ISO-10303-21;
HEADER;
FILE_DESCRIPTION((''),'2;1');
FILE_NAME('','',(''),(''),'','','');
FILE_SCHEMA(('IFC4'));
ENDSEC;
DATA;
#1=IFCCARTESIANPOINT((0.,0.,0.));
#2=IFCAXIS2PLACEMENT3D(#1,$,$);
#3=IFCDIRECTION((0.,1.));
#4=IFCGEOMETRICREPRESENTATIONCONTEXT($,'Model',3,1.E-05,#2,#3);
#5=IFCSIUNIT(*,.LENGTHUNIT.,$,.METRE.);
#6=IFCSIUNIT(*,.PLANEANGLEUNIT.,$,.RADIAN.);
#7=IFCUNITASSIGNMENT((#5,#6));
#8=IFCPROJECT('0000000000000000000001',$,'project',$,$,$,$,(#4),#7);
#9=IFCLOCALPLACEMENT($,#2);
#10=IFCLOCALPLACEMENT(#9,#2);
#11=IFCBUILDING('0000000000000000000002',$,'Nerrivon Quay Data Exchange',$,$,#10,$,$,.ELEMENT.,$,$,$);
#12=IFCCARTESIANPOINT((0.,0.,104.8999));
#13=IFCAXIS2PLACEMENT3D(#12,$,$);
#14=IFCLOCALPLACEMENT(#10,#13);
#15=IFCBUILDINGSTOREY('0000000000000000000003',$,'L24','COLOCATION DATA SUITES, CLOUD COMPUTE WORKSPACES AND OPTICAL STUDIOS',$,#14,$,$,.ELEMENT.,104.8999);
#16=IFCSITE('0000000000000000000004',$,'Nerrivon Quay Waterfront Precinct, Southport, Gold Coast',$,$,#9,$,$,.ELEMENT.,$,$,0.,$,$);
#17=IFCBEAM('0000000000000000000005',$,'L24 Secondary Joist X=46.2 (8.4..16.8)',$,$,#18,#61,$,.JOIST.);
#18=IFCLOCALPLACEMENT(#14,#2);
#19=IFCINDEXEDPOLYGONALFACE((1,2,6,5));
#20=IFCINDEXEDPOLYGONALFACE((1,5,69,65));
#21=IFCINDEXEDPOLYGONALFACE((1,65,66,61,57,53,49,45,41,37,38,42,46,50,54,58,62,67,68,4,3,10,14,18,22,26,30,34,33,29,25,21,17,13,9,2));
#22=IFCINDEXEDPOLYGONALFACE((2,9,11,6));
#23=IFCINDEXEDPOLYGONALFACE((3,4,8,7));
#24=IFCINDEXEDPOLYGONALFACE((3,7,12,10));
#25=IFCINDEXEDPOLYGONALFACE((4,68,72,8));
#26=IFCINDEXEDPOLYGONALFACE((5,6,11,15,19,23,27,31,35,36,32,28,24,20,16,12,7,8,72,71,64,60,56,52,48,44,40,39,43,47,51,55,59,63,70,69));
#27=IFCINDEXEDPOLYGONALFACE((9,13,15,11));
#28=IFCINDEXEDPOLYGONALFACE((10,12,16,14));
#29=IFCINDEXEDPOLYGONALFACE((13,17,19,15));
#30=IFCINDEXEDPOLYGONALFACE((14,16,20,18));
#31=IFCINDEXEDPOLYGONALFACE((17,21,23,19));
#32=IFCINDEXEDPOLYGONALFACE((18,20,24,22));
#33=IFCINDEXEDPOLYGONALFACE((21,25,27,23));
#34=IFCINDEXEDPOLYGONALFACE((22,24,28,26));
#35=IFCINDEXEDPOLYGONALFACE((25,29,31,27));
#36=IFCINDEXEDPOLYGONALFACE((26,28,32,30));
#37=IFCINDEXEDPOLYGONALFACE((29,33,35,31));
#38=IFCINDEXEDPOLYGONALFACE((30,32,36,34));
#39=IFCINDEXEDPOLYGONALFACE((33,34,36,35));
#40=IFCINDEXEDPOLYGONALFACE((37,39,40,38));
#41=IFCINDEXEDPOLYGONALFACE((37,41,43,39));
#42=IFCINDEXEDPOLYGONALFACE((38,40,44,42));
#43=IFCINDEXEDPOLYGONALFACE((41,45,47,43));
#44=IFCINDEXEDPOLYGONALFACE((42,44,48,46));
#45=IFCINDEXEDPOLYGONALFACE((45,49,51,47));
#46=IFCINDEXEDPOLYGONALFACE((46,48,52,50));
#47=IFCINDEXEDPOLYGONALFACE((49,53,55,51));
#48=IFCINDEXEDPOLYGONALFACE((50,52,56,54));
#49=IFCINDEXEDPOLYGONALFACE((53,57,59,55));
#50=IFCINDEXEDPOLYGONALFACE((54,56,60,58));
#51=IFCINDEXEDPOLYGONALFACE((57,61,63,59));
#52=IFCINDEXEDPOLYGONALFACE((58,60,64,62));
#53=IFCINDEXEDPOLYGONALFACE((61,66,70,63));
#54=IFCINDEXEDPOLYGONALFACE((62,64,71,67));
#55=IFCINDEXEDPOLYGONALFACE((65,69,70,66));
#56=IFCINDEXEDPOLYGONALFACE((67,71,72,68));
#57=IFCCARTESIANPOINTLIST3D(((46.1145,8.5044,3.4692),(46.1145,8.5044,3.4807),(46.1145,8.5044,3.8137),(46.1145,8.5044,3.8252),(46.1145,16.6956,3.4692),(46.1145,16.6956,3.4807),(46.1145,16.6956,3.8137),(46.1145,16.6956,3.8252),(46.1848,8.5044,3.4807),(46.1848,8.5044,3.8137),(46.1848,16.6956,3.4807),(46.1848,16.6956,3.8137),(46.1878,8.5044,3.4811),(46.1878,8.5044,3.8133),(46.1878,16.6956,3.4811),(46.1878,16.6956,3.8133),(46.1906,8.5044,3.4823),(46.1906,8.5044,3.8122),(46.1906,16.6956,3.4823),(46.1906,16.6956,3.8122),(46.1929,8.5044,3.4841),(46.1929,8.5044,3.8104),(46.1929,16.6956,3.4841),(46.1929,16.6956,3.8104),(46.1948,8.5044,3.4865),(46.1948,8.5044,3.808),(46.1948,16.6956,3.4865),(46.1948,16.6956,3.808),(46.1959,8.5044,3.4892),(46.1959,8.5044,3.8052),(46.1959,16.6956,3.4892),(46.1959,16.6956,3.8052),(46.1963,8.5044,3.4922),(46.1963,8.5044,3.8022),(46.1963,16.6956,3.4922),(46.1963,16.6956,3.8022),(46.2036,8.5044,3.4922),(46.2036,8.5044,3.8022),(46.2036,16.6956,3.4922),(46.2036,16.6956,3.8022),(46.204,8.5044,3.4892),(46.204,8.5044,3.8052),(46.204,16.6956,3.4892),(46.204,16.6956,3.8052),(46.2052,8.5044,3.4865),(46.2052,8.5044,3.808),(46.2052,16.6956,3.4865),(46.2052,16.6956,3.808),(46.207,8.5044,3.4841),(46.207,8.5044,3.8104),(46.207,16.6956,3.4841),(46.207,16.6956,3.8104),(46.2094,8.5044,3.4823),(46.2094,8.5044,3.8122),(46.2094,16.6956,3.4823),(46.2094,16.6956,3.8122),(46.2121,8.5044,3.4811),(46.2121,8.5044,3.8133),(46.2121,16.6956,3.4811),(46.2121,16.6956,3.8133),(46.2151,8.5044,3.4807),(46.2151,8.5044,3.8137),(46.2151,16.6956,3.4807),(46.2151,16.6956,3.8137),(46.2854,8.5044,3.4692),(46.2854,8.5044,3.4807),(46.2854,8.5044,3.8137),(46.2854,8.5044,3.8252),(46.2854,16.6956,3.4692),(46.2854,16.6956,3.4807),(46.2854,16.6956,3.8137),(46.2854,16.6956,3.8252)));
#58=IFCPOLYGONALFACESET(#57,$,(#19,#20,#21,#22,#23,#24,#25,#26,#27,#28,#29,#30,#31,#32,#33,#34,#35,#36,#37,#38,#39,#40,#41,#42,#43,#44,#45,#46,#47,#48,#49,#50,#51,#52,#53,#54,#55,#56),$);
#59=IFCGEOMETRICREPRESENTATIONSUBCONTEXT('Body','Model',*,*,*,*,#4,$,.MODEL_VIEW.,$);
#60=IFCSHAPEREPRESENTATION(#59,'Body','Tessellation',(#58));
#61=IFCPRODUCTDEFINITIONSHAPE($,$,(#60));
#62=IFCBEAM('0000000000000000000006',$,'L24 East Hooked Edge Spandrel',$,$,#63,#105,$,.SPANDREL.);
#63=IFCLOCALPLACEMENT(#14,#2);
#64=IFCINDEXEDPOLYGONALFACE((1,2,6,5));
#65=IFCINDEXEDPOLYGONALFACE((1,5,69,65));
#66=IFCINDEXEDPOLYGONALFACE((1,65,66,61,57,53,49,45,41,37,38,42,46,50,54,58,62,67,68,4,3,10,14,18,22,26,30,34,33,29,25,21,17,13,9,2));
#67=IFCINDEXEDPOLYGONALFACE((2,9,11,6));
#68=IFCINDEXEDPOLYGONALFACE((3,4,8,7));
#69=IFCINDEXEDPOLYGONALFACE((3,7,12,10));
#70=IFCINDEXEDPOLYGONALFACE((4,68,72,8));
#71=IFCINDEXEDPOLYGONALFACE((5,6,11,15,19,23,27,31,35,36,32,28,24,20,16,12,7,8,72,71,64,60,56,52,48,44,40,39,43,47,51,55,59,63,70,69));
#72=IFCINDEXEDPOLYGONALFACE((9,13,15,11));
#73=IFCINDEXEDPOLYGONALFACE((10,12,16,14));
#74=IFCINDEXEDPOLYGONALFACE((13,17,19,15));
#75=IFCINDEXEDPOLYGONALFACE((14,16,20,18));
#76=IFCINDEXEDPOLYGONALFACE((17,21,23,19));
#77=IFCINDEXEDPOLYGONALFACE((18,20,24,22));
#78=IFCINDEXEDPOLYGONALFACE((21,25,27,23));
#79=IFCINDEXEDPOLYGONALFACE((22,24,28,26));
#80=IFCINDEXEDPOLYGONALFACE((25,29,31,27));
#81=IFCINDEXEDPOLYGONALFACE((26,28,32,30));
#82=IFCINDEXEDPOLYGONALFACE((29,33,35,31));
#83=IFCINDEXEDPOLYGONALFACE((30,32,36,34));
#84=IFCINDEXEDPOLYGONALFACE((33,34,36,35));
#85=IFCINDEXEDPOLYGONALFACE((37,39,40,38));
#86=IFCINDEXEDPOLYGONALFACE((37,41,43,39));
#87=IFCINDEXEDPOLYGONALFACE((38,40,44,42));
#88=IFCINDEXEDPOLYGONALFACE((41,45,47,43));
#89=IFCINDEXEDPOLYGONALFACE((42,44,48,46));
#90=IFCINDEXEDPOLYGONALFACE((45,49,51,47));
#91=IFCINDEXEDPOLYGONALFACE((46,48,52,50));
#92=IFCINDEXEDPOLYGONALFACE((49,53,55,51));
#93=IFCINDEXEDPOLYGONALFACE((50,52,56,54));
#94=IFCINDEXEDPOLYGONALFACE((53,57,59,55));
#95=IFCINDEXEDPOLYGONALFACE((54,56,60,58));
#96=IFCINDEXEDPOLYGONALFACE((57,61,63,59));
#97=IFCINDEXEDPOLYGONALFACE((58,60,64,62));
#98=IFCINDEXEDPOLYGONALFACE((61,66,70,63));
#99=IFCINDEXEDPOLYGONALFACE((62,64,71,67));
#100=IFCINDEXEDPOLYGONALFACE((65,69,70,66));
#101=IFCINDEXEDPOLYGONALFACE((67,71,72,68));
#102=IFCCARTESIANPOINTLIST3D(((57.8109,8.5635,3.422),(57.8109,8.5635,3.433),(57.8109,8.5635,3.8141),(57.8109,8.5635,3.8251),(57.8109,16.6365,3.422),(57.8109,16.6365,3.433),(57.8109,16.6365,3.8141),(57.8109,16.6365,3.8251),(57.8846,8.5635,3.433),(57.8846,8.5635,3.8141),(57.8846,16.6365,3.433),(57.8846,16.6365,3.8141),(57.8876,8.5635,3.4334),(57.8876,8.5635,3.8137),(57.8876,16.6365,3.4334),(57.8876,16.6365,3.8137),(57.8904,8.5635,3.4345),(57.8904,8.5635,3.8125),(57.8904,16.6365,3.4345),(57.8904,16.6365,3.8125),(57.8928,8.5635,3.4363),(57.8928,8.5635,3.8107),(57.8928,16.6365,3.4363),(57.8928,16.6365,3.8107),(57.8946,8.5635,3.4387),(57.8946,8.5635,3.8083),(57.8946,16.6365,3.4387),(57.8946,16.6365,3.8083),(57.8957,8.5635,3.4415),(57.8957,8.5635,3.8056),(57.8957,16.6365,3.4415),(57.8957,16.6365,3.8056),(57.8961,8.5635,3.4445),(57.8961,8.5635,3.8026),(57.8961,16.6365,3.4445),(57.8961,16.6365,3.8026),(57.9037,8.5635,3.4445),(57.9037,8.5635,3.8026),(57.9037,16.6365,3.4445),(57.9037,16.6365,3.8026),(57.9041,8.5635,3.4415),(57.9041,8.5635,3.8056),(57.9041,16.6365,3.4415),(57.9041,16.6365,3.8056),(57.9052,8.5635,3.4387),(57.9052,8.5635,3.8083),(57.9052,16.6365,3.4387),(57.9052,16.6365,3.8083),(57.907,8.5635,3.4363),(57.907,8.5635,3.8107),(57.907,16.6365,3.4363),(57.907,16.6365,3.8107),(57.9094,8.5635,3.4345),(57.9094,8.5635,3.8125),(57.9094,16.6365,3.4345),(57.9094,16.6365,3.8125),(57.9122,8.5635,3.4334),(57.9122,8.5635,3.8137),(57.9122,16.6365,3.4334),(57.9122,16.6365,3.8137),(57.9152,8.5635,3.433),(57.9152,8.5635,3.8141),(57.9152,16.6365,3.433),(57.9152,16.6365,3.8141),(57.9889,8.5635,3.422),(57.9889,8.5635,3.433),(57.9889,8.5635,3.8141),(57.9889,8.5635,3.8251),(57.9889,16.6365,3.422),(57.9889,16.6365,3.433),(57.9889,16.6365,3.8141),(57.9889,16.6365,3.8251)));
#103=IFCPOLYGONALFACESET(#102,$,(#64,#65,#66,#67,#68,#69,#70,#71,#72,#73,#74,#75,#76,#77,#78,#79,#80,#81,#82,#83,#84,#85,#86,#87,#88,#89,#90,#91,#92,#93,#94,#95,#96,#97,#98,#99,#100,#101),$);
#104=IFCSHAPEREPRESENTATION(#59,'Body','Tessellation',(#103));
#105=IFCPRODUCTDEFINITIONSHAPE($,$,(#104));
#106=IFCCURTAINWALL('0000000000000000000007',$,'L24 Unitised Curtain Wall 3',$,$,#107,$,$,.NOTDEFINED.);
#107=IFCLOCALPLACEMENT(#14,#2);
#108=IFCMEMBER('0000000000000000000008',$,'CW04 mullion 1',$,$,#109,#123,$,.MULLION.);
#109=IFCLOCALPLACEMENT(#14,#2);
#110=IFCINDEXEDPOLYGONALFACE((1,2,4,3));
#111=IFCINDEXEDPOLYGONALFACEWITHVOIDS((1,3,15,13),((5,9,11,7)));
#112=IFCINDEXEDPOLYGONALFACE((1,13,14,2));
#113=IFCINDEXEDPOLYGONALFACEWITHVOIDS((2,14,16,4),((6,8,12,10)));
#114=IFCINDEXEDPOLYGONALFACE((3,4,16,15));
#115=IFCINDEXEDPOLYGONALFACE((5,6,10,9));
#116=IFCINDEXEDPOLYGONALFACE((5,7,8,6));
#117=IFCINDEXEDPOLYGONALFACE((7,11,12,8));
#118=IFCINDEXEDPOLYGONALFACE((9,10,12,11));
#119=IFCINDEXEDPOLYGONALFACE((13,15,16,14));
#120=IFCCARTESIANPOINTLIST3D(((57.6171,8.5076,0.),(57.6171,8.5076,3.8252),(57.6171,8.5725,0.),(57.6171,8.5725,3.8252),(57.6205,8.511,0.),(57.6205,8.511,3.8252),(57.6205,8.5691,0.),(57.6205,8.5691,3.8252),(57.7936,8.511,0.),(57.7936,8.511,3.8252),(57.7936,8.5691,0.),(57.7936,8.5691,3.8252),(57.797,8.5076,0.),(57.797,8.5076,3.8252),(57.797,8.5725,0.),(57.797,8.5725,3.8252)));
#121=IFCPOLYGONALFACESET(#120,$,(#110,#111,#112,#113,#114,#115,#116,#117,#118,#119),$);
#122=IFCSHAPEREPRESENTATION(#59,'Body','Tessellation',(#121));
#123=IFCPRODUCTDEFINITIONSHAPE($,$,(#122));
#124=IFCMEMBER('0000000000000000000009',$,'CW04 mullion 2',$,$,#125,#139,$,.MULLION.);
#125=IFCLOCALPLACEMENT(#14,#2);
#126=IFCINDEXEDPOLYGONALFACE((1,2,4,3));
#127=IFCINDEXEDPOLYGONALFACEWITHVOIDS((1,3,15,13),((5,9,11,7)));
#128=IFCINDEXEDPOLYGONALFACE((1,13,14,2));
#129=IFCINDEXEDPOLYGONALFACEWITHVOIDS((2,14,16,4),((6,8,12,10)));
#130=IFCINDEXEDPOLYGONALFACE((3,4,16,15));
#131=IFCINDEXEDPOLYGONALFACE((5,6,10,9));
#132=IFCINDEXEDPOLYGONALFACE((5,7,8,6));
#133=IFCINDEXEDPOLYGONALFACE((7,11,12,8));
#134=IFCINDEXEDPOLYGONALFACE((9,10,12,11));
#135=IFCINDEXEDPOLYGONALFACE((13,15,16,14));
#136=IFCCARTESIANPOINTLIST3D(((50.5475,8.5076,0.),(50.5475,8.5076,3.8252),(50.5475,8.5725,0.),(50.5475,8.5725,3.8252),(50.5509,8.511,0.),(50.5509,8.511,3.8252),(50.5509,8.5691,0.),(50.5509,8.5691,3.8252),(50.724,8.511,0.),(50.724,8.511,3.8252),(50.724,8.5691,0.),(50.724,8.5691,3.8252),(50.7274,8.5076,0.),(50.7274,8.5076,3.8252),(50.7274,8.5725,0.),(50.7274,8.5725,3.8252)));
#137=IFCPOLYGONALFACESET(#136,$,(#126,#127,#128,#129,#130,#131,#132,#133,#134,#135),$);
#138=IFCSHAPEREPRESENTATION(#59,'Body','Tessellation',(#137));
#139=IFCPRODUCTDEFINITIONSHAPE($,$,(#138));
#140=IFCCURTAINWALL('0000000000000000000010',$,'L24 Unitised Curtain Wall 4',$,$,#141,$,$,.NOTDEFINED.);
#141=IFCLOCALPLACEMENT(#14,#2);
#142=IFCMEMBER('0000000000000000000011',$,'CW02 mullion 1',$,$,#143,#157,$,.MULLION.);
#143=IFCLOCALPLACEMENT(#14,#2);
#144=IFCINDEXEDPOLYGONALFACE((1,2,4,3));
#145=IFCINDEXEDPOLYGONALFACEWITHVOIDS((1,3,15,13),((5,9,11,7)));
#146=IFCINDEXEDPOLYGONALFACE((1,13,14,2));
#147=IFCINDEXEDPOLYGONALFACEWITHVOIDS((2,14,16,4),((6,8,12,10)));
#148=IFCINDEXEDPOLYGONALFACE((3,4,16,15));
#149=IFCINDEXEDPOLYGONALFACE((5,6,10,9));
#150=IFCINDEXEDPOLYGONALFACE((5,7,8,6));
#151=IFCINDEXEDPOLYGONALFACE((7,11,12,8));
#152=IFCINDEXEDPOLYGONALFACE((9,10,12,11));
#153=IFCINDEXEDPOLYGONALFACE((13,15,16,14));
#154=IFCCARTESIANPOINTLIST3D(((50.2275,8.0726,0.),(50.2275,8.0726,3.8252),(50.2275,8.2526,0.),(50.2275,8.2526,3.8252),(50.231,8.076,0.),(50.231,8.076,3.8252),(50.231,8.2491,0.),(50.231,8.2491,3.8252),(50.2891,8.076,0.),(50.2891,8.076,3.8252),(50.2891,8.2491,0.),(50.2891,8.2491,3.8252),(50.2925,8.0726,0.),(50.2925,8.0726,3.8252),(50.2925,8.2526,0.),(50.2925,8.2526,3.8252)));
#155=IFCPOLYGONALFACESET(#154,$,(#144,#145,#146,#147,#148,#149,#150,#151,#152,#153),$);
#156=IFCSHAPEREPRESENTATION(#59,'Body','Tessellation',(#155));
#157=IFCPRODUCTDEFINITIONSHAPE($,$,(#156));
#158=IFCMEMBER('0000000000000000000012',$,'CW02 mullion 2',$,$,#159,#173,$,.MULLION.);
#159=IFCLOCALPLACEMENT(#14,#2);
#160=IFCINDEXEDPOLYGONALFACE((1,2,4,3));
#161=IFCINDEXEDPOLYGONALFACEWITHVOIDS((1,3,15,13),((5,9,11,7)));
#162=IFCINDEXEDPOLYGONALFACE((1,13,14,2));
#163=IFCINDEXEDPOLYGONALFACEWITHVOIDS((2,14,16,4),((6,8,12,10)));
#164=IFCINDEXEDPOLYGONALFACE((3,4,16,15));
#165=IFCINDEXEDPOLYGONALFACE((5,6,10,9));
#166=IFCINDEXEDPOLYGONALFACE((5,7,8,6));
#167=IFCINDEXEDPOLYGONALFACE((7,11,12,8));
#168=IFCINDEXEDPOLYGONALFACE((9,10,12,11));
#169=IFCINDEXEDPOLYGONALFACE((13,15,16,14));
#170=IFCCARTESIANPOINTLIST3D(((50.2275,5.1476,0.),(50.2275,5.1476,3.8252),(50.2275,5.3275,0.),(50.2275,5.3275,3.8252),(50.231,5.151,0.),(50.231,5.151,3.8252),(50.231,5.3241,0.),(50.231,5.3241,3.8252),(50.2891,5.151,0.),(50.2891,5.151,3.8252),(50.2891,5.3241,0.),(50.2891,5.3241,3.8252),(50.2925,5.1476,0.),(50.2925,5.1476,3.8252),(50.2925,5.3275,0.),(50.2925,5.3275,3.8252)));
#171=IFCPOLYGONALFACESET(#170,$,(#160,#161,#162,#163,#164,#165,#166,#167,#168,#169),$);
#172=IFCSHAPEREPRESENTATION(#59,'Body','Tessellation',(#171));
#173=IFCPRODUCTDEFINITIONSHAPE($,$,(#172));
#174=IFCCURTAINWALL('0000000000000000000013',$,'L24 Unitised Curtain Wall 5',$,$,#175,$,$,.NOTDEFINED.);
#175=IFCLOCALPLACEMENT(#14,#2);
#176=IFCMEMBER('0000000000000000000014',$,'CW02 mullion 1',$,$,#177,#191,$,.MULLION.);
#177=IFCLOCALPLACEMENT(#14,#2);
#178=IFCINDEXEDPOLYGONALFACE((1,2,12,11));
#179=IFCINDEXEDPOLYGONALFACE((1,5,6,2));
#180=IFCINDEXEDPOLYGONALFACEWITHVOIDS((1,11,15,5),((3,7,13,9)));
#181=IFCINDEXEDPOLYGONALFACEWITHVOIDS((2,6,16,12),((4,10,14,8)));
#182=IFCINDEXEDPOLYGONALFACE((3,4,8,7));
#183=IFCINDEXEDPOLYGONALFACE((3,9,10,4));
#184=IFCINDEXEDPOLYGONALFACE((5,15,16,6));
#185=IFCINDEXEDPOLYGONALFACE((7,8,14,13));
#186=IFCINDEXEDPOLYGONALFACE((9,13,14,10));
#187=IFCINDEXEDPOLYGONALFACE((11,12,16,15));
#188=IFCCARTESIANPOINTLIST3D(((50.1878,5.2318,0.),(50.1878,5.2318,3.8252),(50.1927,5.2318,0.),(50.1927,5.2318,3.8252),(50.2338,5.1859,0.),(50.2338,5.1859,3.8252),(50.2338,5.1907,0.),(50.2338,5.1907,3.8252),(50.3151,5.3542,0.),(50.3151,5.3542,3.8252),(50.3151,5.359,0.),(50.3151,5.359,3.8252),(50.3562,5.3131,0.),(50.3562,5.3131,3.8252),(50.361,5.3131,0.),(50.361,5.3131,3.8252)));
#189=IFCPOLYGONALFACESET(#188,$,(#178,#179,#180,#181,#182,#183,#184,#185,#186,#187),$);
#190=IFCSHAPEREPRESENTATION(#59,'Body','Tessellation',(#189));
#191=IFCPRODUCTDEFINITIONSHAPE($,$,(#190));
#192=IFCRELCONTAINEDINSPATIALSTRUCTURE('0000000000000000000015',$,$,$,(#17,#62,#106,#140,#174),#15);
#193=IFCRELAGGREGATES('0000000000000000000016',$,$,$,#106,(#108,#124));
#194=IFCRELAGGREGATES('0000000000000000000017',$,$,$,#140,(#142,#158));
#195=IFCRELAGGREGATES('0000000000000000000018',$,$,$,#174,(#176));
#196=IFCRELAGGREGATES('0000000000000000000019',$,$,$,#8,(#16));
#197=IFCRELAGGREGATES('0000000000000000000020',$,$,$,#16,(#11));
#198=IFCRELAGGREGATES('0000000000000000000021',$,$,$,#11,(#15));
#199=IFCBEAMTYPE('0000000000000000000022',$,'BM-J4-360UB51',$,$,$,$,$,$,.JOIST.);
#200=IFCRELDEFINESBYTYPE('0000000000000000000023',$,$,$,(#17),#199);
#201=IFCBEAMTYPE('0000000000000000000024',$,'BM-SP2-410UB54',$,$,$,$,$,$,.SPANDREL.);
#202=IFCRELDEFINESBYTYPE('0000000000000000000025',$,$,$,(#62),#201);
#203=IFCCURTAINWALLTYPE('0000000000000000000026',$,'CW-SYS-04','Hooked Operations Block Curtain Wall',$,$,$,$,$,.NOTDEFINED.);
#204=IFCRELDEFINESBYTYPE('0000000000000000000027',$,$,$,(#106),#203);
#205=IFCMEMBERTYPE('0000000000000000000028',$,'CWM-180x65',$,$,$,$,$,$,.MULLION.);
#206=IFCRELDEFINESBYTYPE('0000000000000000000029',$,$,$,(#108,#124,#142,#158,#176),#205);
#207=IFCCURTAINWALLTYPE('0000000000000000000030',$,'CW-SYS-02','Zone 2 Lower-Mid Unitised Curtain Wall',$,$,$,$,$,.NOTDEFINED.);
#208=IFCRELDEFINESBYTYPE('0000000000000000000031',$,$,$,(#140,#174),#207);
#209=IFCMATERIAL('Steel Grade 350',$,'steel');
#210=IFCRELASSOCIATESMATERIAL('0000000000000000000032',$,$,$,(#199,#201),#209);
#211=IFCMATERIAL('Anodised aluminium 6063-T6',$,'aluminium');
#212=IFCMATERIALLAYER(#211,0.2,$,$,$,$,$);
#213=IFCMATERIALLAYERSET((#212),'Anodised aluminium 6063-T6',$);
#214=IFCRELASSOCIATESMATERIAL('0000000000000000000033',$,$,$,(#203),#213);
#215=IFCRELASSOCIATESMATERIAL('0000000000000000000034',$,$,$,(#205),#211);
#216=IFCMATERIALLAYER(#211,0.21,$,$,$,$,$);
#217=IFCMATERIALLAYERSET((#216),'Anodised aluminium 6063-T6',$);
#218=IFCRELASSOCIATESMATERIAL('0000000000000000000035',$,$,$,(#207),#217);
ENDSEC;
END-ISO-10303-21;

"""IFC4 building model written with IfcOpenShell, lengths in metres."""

from ifc_helpers import new_model, si_unit, direction, frame, origin, origin_2d, place, context, subcontext, project, spatial, hollow_rectangle, i_section, extrude, material, layer, layer_set, material_profile, profile_set, type_object, element, aggregate, save


model = new_model("IFC4")

# Units and contexts
model_context = context("Model", 3, precision=1e-05, world=origin(), true_north=direction((0.0, 1.0)))
body_context = subcontext(model_context, "Body", "Model", "MODEL_VIEW")
ifc_project = project(units=[si_unit("LENGTHUNIT", "METRE"), si_unit("PLANEANGLEUNIT", "RADIAN")], contexts=[model_context])

# Site, building, storey
site_placement = place(None, origin())
site = spatial("IfcSite", under=ifc_project, at=site_placement, Name="Nerrivon Quay Waterfront Precinct, Southport, Gold Coast", CompositionType="ELEMENT", RefElevation=0.0)
building_placement = place(site_placement, origin())
building = spatial("IfcBuilding", under=site, at=building_placement, Name="Nerrivon Quay Data Exchange", CompositionType="ELEMENT")
storey_placement = place(building_placement, frame((0.0, 0.0, 104.8999)))
storey = spatial("IfcBuildingStorey", under=building, at=storey_placement, Name="L24", Description="COLOCATION DATA SUITES, CLOUD COMPUTE WORKSPACES AND OPTICAL STUDIOS", CompositionType="ELEMENT", Elevation=104.8999)

# Shared definitions
ifc_material_1 = material(Name="Steel Grade 350", Category="steel")

# Beams
ifc_material_profile_1 = material_profile(ifc_material_1, i_section(OverallWidth=0.1709, OverallDepth=0.356, WebThickness=0.0073, FlangeThickness=0.0115, FilletRadius=0.0115, at=origin_2d()), Name="360UB50.7")
ifc_profile_set_1 = profile_set([ifc_material_profile_1], Name="Steel Grade 350")
beam_type_1 = type_object("IfcBeamType", Name="BM-J4-360UB51", PredefinedType="JOIST", material=ifc_profile_set_1)
beam_1_placement = place(storey_placement, frame((46.2, 8.5044, 3.6472), z_axis=(0.0, 1.0, 0.0), x_axis=(-1.0, 0.0, 0.0)))
element("IfcBeam", 1, at=beam_1_placement, inside=storey, type_object=beam_type_1, Name="L24 Secondary Joist X=46.2 (8.4..16.8)", PredefinedType="JOIST", context=body_context, shape_type="SweptSolid", body=[
    extrude(i_section(OverallWidth=0.1709, OverallDepth=0.356, WebThickness=0.0073, FlangeThickness=0.0115, FilletRadius=0.0115, at=origin_2d()), origin(), (0.0, 0.0, 1.0), 8.1912),
])
ifc_material_profile_2 = material_profile(ifc_material_1, i_section(OverallWidth=0.178, OverallDepth=0.4031, WebThickness=0.0076, FlangeThickness=0.011, FilletRadius=0.0115, at=origin_2d()), Name="410UB53.7")
ifc_profile_set_2 = profile_set([ifc_material_profile_2], Name="Steel Grade 350")
beam_type_2 = type_object("IfcBeamType", Name="BM-SP2-410UB54", PredefinedType="SPANDREL", material=ifc_profile_set_2)
beam_2_placement = place(storey_placement, frame((57.8999, 8.5635, 3.6235), z_axis=(0.0, 1.0, 0.0), x_axis=(-1.0, 0.0, 0.0)))
element("IfcBeam", 2, at=beam_2_placement, inside=storey, type_object=beam_type_2, Name="L24 East Hooked Edge Spandrel", PredefinedType="SPANDREL", context=body_context, shape_type="SweptSolid", body=[
    extrude(i_section(OverallWidth=0.178, OverallDepth=0.4031, WebThickness=0.0076, FlangeThickness=0.011, FilletRadius=0.0115, at=origin_2d()), origin(), (0.0, 0.0, 1.0), 8.073),
])

# Curtain walls, members
ifc_material_2 = material(Name="Anodised aluminium 6063-T6", Category="aluminium")
ifc_layer_1 = layer(ifc_material_2, 0.2)
ifc_layer_set_1 = layer_set([ifc_layer_1], Name="Anodised aluminium 6063-T6")
curtain_wall_type_1 = type_object("IfcCurtainWallType", Name="CW-SYS-04", Description="Hooked Operations Block Curtain Wall", PredefinedType="NOTDEFINED", material=ifc_layer_set_1)
curtain_wall_1_placement = place(storey_placement, origin())
curtain_wall_1 = element("IfcCurtainWall", 3, at=curtain_wall_1_placement, inside=storey, type_object=curtain_wall_type_1, Name="L24 Unitised Curtain Wall 3", PredefinedType="NOTDEFINED")
ifc_material_profile_3 = material_profile(ifc_material_2, hollow_rectangle(XDim=0.0649, YDim=0.1799, WallThickness=0.0034, at=origin_2d()), Name="ALU-MULL-180x65")
ifc_profile_set_3 = profile_set([ifc_material_profile_3], Name="Anodised aluminium 6063-T6")
member_type_1 = type_object("IfcMemberType", Name="CWM-180x65", PredefinedType="MULLION", material=ifc_profile_set_3)
member_1_placement = place(storey_placement, frame((57.707, 8.54, 0.0), z_axis=(0.0, 0.0, 1.0), x_axis=(0.0, -1.0, 0.0)))
member_1 = element("IfcMember", 4, at=member_1_placement, type_object=member_type_1, Name="CW04 mullion 1", PredefinedType="MULLION", context=body_context, shape_type="SweptSolid", body=[
    extrude(hollow_rectangle(XDim=0.0649, YDim=0.1799, WallThickness=0.0034, at=origin_2d()), origin(), (0.0, 0.0, 1.0), 3.8252),
])
member_2_placement = place(storey_placement, frame((50.6375, 8.54, 0.0), z_axis=(0.0, 0.0, 1.0), x_axis=(0.0, -1.0, 0.0)))
member_2 = element("IfcMember", 5, at=member_2_placement, type_object=member_type_1, Name="CW04 mullion 2", PredefinedType="MULLION", context=body_context, shape_type="SweptSolid", body=[
    extrude(hollow_rectangle(XDim=0.0649, YDim=0.1799, WallThickness=0.0034, at=origin_2d()), origin(), (0.0, 0.0, 1.0), 3.8252),
])
ifc_layer_2 = layer(ifc_material_2, 0.21)
ifc_layer_set_2 = layer_set([ifc_layer_2], Name="Anodised aluminium 6063-T6")
curtain_wall_type_2 = type_object("IfcCurtainWallType", Name="CW-SYS-02", Description="Zone 2 Lower-Mid Unitised Curtain Wall", PredefinedType="NOTDEFINED", material=ifc_layer_set_2)
curtain_wall_2_placement = place(storey_placement, origin())
curtain_wall_2 = element("IfcCurtainWall", 6, at=curtain_wall_2_placement, inside=storey, type_object=curtain_wall_type_2, Name="L24 Unitised Curtain Wall 4", PredefinedType="NOTDEFINED")
member_3_placement = place(storey_placement, frame((50.26, 8.1626, 0.0), z_axis=(0.0, 0.0, 1.0), x_axis=(1.0, 0.0, 0.0)))
member_3 = element("IfcMember", 7, at=member_3_placement, type_object=member_type_1, Name="CW02 mullion 1", PredefinedType="MULLION", context=body_context, shape_type="SweptSolid", body=[
    extrude(hollow_rectangle(XDim=0.0649, YDim=0.1799, WallThickness=0.0034, at=origin_2d()), origin(), (0.0, 0.0, 1.0), 3.8252),
])
member_4_placement = place(storey_placement, frame((50.26, 5.2375, 0.0), z_axis=(0.0, 0.0, 1.0), x_axis=(1.0, 0.0, 0.0)))
member_4 = element("IfcMember", 8, at=member_4_placement, type_object=member_type_1, Name="CW02 mullion 2", PredefinedType="MULLION", context=body_context, shape_type="SweptSolid", body=[
    extrude(hollow_rectangle(XDim=0.0649, YDim=0.1799, WallThickness=0.0034, at=origin_2d()), origin(), (0.0, 0.0, 1.0), 3.8252),
])
curtain_wall_3_placement = place(storey_placement, origin())
curtain_wall_3 = element("IfcCurtainWall", 9, at=curtain_wall_3_placement, inside=storey, type_object=curtain_wall_type_2, Name="L24 Unitised Curtain Wall 5", PredefinedType="NOTDEFINED")
member_5_placement = place(storey_placement, frame((50.2744, 5.2725, 0.0), z_axis=(0.0, 0.0, 1.0), x_axis=(0.707107, -0.707107, 0.0)))
member_5 = element("IfcMember", 10, at=member_5_placement, type_object=member_type_1, Name="CW02 mullion 1", PredefinedType="MULLION", context=body_context, shape_type="SweptSolid", body=[
    extrude(hollow_rectangle(XDim=0.0649, YDim=0.1799, WallThickness=0.0034, at=origin_2d()), origin(), (0.0, 0.0, 1.0), 3.8252),
])

aggregate(curtain_wall_1, [member_1, member_2])
aggregate(curtain_wall_2, [member_3, member_4])
aggregate(curtain_wall_3, [member_5])

save(model, "model.ifc")
